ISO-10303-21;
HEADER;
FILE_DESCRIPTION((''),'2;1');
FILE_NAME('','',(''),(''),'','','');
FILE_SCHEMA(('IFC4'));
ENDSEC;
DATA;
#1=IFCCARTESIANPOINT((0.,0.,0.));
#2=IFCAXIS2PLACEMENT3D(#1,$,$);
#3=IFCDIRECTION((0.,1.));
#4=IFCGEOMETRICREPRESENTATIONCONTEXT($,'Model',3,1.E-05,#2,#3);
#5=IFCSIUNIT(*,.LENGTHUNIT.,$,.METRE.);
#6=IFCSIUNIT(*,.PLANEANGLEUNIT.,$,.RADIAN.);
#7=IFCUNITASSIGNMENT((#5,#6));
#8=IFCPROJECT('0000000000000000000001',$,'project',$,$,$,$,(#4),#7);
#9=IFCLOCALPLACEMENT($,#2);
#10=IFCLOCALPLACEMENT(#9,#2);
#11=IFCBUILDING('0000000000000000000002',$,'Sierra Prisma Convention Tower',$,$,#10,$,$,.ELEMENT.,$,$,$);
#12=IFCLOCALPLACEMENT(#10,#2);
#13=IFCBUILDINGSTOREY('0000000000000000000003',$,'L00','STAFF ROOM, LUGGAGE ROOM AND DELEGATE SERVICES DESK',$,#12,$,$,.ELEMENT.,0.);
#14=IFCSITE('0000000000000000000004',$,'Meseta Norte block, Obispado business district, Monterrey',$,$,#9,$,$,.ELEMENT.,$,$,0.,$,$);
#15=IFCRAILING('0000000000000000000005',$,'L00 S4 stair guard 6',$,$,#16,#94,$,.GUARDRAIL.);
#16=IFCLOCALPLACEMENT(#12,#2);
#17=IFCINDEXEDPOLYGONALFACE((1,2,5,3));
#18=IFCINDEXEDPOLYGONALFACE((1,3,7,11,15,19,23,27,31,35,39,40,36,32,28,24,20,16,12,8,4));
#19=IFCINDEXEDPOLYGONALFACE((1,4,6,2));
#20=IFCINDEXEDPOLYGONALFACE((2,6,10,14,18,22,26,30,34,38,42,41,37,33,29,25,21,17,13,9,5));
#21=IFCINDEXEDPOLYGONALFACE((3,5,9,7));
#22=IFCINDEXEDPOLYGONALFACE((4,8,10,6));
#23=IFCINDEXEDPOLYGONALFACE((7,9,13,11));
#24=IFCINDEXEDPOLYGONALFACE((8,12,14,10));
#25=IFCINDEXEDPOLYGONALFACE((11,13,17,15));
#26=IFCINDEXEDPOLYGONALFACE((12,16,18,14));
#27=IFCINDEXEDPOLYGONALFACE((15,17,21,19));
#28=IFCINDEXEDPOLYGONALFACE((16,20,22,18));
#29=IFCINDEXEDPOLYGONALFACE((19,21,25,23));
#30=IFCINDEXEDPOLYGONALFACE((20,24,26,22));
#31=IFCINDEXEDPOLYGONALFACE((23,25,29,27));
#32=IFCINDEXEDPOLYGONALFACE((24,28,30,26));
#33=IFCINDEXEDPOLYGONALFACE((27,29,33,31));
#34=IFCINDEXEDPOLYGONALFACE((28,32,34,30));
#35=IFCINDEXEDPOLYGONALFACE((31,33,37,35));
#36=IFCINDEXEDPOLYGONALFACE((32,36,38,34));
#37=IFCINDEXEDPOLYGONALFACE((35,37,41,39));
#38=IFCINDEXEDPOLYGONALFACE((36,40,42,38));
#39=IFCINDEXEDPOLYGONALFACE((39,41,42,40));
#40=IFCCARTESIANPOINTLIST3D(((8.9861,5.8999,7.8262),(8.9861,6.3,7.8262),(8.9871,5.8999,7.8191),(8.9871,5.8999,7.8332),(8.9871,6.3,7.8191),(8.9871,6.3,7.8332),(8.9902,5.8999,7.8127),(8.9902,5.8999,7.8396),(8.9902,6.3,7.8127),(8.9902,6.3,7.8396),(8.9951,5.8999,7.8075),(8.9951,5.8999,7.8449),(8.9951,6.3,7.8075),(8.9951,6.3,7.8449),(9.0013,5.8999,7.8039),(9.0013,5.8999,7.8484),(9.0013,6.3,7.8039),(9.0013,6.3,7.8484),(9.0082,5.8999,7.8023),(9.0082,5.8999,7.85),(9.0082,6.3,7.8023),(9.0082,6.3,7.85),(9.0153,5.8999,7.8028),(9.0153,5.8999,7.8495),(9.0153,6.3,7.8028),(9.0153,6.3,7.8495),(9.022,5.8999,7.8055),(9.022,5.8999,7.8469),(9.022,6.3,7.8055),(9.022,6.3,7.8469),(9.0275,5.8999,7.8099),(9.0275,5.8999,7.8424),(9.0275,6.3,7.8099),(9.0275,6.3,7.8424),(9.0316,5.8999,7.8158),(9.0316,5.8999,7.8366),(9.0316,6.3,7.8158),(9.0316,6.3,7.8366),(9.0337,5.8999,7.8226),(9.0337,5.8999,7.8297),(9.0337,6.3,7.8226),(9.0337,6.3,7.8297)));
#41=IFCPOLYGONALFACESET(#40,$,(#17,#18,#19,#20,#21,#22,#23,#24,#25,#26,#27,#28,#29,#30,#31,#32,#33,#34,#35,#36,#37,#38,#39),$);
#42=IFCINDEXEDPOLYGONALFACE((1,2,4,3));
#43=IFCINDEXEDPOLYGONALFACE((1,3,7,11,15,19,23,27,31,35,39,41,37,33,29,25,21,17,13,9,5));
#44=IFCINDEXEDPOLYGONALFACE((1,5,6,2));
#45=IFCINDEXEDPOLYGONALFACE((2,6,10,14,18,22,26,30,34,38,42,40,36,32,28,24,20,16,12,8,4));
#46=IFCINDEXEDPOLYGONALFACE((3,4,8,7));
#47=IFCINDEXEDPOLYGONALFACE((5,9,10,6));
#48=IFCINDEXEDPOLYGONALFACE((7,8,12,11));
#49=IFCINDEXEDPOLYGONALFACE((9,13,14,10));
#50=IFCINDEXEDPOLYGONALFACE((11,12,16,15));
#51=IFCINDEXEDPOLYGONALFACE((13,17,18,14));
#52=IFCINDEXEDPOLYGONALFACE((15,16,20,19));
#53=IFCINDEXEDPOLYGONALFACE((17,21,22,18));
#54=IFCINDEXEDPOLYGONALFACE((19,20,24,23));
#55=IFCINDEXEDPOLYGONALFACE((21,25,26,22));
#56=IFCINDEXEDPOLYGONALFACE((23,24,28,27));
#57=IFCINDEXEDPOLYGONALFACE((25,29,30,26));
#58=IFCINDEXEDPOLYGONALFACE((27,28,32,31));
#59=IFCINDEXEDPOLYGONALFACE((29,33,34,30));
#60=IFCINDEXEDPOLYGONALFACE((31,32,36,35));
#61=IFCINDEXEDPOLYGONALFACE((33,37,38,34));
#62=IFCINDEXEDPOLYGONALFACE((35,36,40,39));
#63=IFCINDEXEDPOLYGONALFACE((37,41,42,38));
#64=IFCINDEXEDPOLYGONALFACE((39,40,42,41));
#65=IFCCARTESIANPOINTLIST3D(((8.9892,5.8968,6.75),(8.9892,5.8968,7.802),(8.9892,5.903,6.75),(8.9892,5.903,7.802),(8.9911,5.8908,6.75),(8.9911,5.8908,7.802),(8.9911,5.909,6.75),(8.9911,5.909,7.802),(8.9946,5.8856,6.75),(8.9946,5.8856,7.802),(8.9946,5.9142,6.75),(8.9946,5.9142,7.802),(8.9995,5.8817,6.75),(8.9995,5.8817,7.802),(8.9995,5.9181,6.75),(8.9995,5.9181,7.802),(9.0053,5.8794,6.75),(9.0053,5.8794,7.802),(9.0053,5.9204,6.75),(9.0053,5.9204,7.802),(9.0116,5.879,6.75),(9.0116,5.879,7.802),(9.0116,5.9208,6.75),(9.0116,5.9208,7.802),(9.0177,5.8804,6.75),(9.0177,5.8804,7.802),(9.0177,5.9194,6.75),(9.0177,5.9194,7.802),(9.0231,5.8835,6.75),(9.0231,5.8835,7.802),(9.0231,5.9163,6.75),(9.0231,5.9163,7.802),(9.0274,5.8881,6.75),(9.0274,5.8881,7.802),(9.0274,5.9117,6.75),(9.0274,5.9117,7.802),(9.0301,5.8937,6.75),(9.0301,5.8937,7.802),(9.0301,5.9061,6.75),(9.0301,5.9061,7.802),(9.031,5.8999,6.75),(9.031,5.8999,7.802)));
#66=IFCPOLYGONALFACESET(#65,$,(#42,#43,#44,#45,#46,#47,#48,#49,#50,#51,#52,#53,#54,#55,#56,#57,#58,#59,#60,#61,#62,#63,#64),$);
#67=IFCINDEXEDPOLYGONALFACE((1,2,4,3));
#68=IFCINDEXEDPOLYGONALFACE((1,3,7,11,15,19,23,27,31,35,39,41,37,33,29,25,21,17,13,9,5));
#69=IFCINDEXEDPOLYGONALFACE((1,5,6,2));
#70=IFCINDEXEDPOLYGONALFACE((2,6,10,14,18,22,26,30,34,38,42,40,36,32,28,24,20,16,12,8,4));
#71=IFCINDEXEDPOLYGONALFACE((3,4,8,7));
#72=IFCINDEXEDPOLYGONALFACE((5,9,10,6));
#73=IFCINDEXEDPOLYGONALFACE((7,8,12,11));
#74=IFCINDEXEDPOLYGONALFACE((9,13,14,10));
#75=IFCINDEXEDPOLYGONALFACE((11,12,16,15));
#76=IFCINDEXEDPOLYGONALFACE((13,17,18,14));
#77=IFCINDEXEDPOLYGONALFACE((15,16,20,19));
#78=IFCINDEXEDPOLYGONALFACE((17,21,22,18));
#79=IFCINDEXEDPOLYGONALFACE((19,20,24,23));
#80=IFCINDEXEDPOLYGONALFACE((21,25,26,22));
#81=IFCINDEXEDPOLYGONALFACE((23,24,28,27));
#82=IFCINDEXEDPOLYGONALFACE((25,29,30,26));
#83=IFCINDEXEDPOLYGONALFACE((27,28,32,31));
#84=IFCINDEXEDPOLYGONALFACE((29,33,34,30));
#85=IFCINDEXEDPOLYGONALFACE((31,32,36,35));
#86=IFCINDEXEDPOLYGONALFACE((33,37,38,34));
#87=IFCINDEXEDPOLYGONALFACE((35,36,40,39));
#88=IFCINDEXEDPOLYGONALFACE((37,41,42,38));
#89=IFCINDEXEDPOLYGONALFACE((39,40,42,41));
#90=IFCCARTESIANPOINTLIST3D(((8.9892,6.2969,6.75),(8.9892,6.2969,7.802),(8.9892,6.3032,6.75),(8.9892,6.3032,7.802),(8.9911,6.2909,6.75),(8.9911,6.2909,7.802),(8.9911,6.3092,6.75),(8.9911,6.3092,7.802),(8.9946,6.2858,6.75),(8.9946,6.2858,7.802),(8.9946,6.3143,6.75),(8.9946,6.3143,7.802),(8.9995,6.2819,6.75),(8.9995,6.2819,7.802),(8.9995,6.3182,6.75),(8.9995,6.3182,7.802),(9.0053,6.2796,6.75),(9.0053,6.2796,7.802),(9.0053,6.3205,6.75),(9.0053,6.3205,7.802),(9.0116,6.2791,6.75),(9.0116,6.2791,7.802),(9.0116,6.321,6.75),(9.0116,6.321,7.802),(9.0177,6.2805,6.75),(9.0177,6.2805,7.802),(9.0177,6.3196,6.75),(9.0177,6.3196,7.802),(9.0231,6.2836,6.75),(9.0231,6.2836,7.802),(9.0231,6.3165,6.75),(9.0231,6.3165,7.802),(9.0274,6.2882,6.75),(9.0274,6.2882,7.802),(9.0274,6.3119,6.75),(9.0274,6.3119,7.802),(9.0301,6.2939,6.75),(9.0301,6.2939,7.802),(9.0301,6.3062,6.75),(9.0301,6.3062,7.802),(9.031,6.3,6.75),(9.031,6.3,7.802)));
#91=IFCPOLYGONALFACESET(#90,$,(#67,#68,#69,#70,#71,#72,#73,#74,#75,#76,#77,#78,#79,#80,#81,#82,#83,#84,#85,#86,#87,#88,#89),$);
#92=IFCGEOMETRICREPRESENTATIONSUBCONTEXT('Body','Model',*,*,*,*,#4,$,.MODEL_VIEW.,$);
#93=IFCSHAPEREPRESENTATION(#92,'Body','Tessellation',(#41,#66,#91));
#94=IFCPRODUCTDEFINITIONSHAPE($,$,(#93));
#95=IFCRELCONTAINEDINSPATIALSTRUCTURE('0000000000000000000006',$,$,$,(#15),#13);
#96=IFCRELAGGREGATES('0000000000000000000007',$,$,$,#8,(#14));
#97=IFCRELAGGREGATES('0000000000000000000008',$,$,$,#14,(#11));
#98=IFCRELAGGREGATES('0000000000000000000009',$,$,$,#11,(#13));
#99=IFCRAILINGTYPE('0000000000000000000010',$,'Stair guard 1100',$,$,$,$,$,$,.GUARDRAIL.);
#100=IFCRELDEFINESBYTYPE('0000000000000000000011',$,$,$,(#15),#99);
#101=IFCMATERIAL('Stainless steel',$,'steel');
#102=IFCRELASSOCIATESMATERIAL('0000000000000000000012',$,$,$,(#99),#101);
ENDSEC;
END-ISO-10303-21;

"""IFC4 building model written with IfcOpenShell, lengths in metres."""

from ifc_helpers import new_model, si_unit, direction, frame, origin, origin_2d, place, context, subcontext, project, spatial, circle, extrude, material, type_object, element, save


model = new_model("IFC4")

# Units and contexts
model_context = context("Model", 3, precision=1e-05, world=origin(), true_north=direction((0.0, 1.0)))
body_context = subcontext(model_context, "Body", "Model", "MODEL_VIEW")
ifc_project = project(units=[si_unit("LENGTHUNIT", "METRE"), si_unit("PLANEANGLEUNIT", "RADIAN")], contexts=[model_context])

# Site, building, storey
site_placement = place(None, origin())
site = spatial("IfcSite", under=ifc_project, at=site_placement, Name="Meseta Norte block, Obispado business district, Monterrey", CompositionType="ELEMENT", RefElevation=0.0)
building_placement = place(site_placement, origin())
building = spatial("IfcBuilding", under=site, at=building_placement, Name="Sierra Prisma Convention Tower", CompositionType="ELEMENT")
storey_placement = place(building_placement, origin())
storey = spatial("IfcBuildingStorey", under=building, at=storey_placement, Name="L00", Description="STAFF ROOM, LUGGAGE ROOM AND DELEGATE SERVICES DESK", CompositionType="ELEMENT", Elevation=0.0)

# Railing
ifc_material_1 = material(Name="Stainless steel", Category="steel")
railing_type_1 = type_object("IfcRailingType", Name="Stair guard 1100", PredefinedType="GUARDRAIL", material=ifc_material_1)
railing_1_placement = place(storey_placement, frame((9.01, 5.8999, 6.75)))
element("IfcRailing", 1, at=railing_1_placement, inside=storey, type_object=railing_type_1, Name="L00 S4 stair guard 6", PredefinedType="GUARDRAIL", context=body_context, shape_type="SweptSolid", body=[
    extrude(circle(Radius=0.0239, at=origin_2d()), frame((0.0, 0.0, 1.0762), z_axis=(0.0, 1.0, 0.0), x_axis=(-1.0, 0.0, 0.0)), (0.0, 0.0, 1.0), 0.4001),
    extrude(circle(Radius=0.021, at=origin_2d()), origin(), (0.0, 0.0, 1.0), 1.052),
    extrude(circle(Radius=0.021, at=origin_2d()), frame((0.0, 0.4001, 0.0)), (0.0, 0.0, 1.0), 1.052),
])

save(model, "model.ifc")
